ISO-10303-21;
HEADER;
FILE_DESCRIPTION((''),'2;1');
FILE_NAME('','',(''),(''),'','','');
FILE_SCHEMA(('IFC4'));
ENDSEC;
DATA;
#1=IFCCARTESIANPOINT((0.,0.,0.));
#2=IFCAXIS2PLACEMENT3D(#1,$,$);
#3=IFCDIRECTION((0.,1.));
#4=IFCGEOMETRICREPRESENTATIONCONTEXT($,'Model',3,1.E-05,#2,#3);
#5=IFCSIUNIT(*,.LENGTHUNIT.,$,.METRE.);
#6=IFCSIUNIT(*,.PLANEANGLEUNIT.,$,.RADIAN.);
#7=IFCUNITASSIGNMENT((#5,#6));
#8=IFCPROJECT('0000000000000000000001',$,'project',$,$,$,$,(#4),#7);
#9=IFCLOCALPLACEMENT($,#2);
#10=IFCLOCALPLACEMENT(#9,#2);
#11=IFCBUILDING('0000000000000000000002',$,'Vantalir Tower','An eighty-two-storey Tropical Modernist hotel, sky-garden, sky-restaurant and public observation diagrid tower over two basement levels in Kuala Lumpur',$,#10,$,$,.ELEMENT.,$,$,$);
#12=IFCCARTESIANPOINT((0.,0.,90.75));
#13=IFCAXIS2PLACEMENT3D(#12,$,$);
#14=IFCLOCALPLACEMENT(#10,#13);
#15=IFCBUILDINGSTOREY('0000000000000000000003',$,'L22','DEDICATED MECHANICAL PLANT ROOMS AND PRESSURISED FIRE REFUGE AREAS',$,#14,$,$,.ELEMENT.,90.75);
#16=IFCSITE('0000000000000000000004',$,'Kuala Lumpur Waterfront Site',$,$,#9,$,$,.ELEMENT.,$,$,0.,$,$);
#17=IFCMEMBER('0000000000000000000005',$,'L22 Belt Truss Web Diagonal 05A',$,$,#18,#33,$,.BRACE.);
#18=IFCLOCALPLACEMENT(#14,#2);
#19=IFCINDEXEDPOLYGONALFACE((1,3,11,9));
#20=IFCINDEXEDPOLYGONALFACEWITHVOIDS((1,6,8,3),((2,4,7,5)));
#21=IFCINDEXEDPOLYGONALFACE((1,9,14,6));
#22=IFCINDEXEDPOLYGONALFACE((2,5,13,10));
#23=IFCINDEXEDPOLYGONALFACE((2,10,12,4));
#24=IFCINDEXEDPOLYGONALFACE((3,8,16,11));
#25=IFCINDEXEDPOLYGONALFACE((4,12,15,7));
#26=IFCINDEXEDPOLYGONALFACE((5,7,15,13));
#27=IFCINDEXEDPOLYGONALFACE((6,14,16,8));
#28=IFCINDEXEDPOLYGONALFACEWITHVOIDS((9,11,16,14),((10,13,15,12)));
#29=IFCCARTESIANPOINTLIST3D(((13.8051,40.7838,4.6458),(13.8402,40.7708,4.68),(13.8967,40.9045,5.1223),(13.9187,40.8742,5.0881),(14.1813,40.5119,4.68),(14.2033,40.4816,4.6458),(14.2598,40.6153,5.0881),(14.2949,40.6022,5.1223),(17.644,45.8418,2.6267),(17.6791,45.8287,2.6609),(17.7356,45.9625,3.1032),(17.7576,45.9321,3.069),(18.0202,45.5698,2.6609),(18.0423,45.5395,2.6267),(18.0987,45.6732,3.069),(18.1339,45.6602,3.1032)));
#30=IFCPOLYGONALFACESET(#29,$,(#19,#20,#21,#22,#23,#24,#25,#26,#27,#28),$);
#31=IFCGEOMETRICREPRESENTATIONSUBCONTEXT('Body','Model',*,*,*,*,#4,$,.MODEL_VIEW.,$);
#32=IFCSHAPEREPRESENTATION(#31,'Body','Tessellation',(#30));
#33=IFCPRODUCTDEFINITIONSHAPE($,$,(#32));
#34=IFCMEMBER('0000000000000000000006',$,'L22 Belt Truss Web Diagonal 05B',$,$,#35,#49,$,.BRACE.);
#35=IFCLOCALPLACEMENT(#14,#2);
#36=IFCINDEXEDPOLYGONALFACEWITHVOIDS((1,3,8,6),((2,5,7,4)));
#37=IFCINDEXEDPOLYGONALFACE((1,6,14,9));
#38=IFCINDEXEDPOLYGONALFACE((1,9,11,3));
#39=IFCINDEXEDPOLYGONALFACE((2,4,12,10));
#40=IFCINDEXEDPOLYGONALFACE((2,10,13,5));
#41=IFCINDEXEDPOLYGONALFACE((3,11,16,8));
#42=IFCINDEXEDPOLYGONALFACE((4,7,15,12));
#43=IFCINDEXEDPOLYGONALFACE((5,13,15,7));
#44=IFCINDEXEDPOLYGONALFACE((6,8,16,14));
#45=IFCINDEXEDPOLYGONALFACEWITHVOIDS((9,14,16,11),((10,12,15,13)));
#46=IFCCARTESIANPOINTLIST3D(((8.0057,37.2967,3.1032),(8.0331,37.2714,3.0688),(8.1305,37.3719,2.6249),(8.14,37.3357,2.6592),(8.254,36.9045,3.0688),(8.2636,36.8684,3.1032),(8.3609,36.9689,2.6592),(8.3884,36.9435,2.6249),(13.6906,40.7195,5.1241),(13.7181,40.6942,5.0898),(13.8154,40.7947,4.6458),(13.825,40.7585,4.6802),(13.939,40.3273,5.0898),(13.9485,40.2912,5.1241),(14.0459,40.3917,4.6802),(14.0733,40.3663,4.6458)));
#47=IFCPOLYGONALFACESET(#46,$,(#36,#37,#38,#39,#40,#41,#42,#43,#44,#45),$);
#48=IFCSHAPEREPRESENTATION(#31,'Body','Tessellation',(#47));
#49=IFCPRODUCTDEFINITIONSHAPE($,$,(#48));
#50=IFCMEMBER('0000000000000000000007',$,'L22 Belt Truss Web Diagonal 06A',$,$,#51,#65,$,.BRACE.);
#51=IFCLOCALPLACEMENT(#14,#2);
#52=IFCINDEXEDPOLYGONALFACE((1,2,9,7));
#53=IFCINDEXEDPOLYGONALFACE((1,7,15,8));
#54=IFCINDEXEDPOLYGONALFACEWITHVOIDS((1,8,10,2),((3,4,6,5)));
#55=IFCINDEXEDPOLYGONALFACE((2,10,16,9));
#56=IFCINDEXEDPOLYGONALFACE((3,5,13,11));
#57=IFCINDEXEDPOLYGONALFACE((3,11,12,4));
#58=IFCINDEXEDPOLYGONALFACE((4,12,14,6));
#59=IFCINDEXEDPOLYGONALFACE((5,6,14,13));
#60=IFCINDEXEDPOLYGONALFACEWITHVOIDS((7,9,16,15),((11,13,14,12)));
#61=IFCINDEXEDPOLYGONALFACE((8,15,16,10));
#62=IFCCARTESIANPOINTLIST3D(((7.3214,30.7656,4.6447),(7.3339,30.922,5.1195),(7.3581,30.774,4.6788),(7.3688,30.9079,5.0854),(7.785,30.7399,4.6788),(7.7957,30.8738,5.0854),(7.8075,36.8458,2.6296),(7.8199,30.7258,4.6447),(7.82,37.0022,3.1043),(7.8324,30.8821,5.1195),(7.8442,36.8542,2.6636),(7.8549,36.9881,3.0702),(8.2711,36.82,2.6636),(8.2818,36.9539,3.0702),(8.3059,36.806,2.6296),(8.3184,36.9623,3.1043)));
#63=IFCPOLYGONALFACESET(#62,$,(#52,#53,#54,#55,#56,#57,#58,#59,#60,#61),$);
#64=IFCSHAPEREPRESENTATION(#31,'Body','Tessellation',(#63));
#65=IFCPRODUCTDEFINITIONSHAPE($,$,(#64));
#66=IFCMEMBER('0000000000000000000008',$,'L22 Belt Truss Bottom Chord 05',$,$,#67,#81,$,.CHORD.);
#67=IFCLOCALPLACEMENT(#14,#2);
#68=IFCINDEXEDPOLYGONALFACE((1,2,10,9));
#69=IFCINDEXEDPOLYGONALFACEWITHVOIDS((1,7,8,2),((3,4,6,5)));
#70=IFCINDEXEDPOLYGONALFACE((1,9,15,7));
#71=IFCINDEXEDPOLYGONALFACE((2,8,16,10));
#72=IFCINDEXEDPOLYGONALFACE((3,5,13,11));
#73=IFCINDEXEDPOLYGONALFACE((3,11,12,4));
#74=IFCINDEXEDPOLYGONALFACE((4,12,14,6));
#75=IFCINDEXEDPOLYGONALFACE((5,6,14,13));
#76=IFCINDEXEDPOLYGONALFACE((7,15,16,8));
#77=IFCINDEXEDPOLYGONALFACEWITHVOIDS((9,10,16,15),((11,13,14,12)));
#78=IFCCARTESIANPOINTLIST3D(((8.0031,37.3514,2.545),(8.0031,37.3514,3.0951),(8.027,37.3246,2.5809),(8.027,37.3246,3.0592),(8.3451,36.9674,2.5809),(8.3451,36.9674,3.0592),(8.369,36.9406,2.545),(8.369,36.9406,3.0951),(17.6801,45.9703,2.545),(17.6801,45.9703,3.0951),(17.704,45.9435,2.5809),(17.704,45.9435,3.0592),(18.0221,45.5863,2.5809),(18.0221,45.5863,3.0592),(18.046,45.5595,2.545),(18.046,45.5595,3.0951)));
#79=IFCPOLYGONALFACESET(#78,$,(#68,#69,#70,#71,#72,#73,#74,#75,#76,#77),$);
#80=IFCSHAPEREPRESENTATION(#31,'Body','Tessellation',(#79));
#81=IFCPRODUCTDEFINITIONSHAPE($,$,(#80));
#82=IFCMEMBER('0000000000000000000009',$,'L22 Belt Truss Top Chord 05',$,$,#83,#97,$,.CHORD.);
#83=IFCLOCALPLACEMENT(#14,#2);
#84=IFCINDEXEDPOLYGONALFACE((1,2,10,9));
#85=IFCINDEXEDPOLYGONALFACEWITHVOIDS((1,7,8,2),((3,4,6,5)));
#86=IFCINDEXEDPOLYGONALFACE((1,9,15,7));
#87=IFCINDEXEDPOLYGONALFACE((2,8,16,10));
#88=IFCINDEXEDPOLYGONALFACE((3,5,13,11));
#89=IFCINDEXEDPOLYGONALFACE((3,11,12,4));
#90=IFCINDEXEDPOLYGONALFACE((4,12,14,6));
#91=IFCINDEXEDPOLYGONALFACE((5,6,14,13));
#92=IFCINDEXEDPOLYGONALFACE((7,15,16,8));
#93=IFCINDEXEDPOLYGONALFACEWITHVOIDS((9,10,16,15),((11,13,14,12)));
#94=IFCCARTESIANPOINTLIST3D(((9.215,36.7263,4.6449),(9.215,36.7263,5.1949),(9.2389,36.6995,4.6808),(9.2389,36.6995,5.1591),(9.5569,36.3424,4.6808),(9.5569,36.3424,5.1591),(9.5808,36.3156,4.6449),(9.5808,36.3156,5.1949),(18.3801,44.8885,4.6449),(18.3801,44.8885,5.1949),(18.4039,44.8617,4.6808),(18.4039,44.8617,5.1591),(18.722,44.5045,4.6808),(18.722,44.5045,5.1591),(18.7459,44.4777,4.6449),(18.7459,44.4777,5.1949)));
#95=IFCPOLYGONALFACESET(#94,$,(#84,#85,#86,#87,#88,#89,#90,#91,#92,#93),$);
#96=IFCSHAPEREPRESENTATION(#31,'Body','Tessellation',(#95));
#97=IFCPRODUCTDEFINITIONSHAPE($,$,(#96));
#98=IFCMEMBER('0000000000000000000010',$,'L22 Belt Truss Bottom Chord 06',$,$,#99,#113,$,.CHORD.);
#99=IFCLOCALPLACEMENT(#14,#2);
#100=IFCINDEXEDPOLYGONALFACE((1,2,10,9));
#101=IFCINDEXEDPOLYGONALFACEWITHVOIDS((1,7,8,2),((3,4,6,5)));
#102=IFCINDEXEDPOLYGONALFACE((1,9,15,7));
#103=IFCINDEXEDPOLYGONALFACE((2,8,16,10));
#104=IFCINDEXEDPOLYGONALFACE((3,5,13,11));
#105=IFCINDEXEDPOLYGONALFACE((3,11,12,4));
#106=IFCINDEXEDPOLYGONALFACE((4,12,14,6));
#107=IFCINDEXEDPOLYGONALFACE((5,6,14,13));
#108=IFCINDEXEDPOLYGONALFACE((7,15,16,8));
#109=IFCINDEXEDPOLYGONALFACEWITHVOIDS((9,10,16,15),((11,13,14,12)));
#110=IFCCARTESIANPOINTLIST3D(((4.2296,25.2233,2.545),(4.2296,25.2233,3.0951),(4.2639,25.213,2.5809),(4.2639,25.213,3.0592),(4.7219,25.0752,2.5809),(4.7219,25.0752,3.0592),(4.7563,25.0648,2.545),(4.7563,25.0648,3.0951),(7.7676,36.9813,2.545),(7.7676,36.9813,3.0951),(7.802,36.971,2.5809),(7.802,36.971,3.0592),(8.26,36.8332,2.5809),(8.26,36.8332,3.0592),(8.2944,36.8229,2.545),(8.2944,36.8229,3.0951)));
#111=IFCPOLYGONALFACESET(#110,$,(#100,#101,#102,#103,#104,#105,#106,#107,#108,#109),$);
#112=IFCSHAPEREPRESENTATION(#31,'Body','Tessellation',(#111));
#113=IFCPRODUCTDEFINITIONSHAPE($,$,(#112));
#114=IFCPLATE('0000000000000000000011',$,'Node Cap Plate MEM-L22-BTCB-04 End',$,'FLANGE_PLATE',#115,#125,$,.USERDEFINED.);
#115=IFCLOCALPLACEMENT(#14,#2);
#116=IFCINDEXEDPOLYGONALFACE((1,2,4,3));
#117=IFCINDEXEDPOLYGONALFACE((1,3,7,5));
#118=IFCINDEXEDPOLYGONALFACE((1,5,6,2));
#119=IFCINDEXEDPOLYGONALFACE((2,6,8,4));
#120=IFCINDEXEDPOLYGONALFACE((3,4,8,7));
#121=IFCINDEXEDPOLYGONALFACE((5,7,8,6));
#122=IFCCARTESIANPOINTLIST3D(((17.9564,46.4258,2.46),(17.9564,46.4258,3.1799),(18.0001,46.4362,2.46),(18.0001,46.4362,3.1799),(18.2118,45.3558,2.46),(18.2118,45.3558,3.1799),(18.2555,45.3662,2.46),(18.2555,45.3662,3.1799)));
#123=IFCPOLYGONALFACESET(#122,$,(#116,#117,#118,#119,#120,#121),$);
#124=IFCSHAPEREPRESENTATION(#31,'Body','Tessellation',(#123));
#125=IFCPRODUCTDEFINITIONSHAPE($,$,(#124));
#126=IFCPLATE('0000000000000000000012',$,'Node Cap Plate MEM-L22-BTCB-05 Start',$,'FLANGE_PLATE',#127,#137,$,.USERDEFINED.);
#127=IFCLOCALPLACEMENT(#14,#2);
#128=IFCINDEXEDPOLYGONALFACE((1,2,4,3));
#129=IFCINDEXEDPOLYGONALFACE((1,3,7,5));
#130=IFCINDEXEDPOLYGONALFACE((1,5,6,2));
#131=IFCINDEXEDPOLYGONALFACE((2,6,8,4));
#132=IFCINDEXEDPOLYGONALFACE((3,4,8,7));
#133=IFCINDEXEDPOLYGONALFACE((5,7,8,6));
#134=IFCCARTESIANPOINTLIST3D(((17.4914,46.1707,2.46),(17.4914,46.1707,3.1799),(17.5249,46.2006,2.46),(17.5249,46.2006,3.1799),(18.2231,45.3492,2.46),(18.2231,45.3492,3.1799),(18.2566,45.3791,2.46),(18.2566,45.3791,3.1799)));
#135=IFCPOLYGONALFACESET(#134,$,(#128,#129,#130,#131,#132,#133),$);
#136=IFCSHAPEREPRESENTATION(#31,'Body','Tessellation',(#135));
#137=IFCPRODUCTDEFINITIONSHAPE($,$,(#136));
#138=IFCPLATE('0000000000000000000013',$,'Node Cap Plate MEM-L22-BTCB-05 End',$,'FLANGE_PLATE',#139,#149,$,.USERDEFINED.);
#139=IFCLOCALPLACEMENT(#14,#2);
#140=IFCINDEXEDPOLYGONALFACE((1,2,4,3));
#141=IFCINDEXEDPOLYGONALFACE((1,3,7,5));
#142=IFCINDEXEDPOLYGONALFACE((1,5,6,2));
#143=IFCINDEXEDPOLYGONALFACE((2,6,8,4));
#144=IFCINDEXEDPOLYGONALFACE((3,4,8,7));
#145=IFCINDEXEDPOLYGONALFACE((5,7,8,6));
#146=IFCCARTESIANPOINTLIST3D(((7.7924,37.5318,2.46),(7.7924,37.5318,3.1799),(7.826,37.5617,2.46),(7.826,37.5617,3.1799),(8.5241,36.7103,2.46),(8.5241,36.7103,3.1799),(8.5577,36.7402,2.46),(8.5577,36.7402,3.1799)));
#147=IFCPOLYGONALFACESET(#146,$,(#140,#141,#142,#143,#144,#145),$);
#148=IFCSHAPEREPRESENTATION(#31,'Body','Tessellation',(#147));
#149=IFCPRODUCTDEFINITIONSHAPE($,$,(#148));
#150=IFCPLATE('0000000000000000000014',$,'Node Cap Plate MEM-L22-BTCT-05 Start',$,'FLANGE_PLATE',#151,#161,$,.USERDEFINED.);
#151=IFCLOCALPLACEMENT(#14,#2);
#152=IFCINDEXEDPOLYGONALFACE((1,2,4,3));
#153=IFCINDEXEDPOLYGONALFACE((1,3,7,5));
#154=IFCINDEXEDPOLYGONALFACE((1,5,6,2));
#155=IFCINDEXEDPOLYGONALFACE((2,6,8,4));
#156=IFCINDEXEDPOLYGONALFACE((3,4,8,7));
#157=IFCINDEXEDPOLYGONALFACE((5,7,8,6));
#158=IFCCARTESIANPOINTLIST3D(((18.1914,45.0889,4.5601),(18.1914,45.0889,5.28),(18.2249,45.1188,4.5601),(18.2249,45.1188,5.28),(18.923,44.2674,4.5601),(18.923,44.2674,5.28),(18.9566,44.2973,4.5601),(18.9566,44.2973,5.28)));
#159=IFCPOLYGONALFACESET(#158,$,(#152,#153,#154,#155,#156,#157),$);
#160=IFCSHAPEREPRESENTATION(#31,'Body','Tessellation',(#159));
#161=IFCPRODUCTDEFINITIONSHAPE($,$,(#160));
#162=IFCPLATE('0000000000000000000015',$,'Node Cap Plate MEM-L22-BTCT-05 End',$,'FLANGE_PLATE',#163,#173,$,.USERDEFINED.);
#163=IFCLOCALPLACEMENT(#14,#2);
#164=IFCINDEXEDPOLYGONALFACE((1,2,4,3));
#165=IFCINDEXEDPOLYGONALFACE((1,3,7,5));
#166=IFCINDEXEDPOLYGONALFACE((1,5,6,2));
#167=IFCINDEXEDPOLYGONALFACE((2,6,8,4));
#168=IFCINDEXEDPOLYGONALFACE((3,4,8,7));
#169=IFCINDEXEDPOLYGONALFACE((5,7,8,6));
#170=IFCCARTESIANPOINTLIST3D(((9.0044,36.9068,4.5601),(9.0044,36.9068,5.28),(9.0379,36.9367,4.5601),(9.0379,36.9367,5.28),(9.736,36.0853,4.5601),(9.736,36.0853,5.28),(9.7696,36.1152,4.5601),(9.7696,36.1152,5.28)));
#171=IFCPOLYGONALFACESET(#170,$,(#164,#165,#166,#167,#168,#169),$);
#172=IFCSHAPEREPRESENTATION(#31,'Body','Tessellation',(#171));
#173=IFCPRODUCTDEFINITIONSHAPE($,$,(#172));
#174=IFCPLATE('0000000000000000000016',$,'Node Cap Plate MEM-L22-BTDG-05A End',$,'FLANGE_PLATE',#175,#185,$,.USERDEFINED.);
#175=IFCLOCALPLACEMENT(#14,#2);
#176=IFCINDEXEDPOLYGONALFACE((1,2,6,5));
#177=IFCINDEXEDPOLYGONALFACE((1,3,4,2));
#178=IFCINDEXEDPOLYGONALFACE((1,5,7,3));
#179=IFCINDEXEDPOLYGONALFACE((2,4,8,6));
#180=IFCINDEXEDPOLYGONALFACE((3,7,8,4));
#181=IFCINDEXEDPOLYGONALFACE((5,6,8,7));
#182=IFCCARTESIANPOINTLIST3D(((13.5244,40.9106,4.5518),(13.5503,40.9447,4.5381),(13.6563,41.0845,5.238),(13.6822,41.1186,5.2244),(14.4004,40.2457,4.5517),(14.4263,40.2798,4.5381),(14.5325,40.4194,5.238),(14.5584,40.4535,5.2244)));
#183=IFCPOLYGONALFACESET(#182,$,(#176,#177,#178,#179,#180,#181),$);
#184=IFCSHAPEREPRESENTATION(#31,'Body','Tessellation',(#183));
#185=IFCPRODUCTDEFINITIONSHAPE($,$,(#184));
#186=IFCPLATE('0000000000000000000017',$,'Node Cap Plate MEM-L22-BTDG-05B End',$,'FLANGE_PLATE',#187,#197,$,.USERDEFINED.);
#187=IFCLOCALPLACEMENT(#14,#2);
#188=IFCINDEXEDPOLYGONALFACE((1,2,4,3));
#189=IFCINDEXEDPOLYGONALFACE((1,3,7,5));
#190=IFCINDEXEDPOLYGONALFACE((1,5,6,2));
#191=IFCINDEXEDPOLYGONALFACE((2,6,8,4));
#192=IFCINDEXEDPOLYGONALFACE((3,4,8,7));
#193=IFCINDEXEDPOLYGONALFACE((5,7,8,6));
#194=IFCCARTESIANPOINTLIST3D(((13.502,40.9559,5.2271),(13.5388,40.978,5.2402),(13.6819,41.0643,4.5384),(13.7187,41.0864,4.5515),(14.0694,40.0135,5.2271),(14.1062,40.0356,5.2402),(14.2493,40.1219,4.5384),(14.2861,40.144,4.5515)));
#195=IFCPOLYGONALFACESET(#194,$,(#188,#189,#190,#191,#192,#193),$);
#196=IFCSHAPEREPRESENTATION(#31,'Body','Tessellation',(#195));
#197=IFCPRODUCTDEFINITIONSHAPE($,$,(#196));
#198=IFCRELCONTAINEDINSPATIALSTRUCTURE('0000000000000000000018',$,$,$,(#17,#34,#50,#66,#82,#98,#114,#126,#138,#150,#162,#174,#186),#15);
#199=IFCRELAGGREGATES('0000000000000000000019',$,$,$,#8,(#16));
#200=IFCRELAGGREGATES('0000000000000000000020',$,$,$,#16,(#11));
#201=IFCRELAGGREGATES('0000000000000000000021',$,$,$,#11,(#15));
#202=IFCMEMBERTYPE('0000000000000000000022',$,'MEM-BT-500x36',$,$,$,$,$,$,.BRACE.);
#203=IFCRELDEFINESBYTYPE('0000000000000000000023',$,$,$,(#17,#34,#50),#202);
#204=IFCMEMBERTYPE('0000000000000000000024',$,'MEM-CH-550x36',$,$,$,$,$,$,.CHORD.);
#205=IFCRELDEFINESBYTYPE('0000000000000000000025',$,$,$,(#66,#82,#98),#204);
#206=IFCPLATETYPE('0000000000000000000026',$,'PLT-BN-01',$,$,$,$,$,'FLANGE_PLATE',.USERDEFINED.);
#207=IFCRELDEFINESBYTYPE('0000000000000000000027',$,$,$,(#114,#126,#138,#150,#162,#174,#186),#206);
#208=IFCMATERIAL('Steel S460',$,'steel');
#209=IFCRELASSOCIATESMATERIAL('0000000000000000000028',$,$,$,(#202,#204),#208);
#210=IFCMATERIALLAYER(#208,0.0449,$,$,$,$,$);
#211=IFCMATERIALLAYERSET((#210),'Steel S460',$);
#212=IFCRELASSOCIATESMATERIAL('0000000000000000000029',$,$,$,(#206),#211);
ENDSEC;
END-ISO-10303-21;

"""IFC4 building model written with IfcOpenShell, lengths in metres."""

from ifc_helpers import new_model, si_unit, direction, frame, origin, origin_2d, place, context, subcontext, project, spatial, polyline, rectangle, hollow_rectangle, outline, extrude, material, layer, layer_set, material_profile, profile_set, type_object, element, save


model = new_model("IFC4")

# Units and contexts
model_context = context("Model", 3, precision=1e-05, world=origin(), true_north=direction((0.0, 1.0)))
body_context = subcontext(model_context, "Body", "Model", "MODEL_VIEW")
ifc_project = project(units=[si_unit("LENGTHUNIT", "METRE"), si_unit("PLANEANGLEUNIT", "RADIAN")], contexts=[model_context])

# Site, building, storey
site_placement = place(None, origin())
site = spatial("IfcSite", under=ifc_project, at=site_placement, Name="Kuala Lumpur Waterfront Site", CompositionType="ELEMENT", RefElevation=0.0)
building_placement = place(site_placement, origin())
building = spatial("IfcBuilding", under=site, at=building_placement, Name="Vantalir Tower", Description="An eighty-two-storey Tropical Modernist hotel, sky-garden, sky-restaurant and public observation diagrid tower over two basement levels in Kuala Lumpur", CompositionType="ELEMENT")
storey_placement = place(building_placement, frame((0.0, 0.0, 90.75)))
storey = spatial("IfcBuildingStorey", under=building, at=storey_placement, Name="L22", Description="DEDICATED MECHANICAL PLANT ROOMS AND PRESSURISED FIRE REFUGE AREAS", CompositionType="ELEMENT", Elevation=90.75)

# Shared definitions
ifc_material_1 = material(Name="Steel S460", Category="steel")

# Members
ifc_material_profile_1 = material_profile(ifc_material_1, hollow_rectangle(XDim=0.5, YDim=0.5, WallThickness=0.0359, at=origin_2d()), Name="Steel S460")
ifc_profile_set_1 = profile_set([ifc_material_profile_1], Name="Steel S460")
member_type_1 = type_object("IfcMemberType", Name="MEM-BT-500x36", PredefinedType="BRACE", material=ifc_profile_set_1)
member_1_placement = place(storey_placement, frame((17.8889, 45.751, 2.865), z_axis=(-0.576148, -0.759098, 0.303024), x_axis=(0.79655, -0.604573, 0.0)))
element("IfcMember", 1, at=member_1_placement, inside=storey, type_object=member_type_1, Name="L22 Belt Truss Web Diagonal 05A", PredefinedType="BRACE", context=body_context, shape_type="SweptSolid", body=[
    extrude(hollow_rectangle(XDim=0.5, YDim=0.5, WallThickness=0.0359, at=origin_2d()), origin(), (0.0, 0.0, 1.0), 6.6631),
])
member_2_placement = place(storey_placement, frame((8.197, 37.1201, 2.864), z_axis=(0.819542, 0.493428, 0.291341), x_axis=(-0.515804, 0.856706, 0.0)))
element("IfcMember", 2, at=member_2_placement, inside=storey, type_object=member_type_1, Name="L22 Belt Truss Web Diagonal 05B", PredefinedType="BRACE", context=body_context, shape_type="SweptSolid", body=[
    extrude(hollow_rectangle(XDim=0.5, YDim=0.5, WallThickness=0.0359, at=origin_2d()), origin(), (0.0, 0.0, 1.0), 6.9368),
])
member_3_placement = place(storey_placement, frame((8.063, 36.9041, 2.8669), z_axis=(-0.07567, -0.946502, 0.313702), x_axis=(0.996819, -0.079693, 0.0)))
element("IfcMember", 3, at=member_3_placement, inside=storey, type_object=member_type_1, Name="L22 Belt Truss Web Diagonal 06A", PredefinedType="BRACE", context=body_context, shape_type="SweptSolid", body=[
    extrude(hollow_rectangle(XDim=0.5, YDim=0.5, WallThickness=0.0359, at=origin_2d()), origin(), (0.0, 0.0, 1.0), 6.4238),
])
ifc_material_profile_2 = material_profile(ifc_material_1, hollow_rectangle(XDim=0.55, YDim=0.55, WallThickness=0.0359, at=origin_2d()), Name="Steel S460")
ifc_profile_set_2 = profile_set([ifc_material_profile_2], Name="Steel S460")
member_type_2 = type_object("IfcMemberType", Name="MEM-CH-550x36", PredefinedType="CHORD", material=ifc_profile_set_2)
member_4_placement = place(storey_placement, frame((17.863, 45.7649, 2.8201), z_axis=(-0.746753, -0.665101, 0.0), x_axis=(0.665101, -0.746753, 0.0)))
element("IfcMember", 4, at=member_4_placement, inside=storey, type_object=member_type_2, Name="L22 Belt Truss Bottom Chord 05", PredefinedType="CHORD", context=body_context, shape_type="SweptSolid", body=[
    extrude(hollow_rectangle(XDim=0.55, YDim=0.55, WallThickness=0.0359, at=origin_2d()), origin(), (0.0, 0.0, 1.0), 12.9587),
])
member_5_placement = place(storey_placement, frame((18.563, 44.6831, 4.9199), z_axis=(-0.746786, -0.665065, 0.0), x_axis=(0.665065, -0.746786, 0.0)))
element("IfcMember", 5, at=member_5_placement, inside=storey, type_object=member_type_2, Name="L22 Belt Truss Top Chord 05", PredefinedType="CHORD", context=body_context, shape_type="SweptSolid", body=[
    extrude(hollow_rectangle(XDim=0.55, YDim=0.55, WallThickness=0.0359, at=origin_2d()), origin(), (0.0, 0.0, 1.0), 12.2727),
])
member_6_placement = place(storey_placement, frame((8.031, 36.9021, 2.8201), z_axis=(-0.288145, -0.957587, 0.0), x_axis=(0.957587, -0.288145, 0.0)))
element("IfcMember", 6, at=member_6_placement, inside=storey, type_object=member_type_2, Name="L22 Belt Truss Bottom Chord 06", PredefinedType="CHORD", context=body_context, shape_type="SweptSolid", body=[
    extrude(hollow_rectangle(XDim=0.55, YDim=0.55, WallThickness=0.0359, at=origin_2d()), origin(), (0.0, 0.0, 1.0), 12.2788),
])

# Plates
ifc_layer_1 = layer(ifc_material_1, 0.0449)
ifc_layer_set_1 = layer_set([ifc_layer_1], Name="Steel S460")
plate_type_1 = type_object("IfcPlateType", Name="PLT-BN-01", ElementType="FLANGE_PLATE", PredefinedType="USERDEFINED", material=ifc_layer_set_1)
for number, where, z_axis, x_axis, name in (
    (7, (18.106, 45.896, 2.46), (0.0, 0.0, 1.0), (-0.972679, -0.232155, 0.0), "Node Cap Plate MEM-L22-BTCB-04 End"),
    (8, (17.874, 45.7749, 2.46), (0.0, 0.0, 1.0), (-0.746731, -0.665126, 0.0), "Node Cap Plate MEM-L22-BTCB-05 Start"),
    (9, (8.175, 37.136, 2.46), (0.0, 0.0, 1.0), (-0.746731, -0.665126, 0.0), "Node Cap Plate MEM-L22-BTCB-05 End"),
    (10, (18.574, 44.6931, 4.5601), (0.0, 0.0, 1.0), (-0.746766, -0.665087, 0.0), "Node Cap Plate MEM-L22-BTCT-05 Start"),
    (11, (9.387, 36.511, 4.5601), (0.0, 0.0, 1.0), (-0.746766, -0.665087, 0.0), "Node Cap Plate MEM-L22-BTCT-05 End"),
):
    element("IfcPlate", number, at=place(storey_placement, frame(where, z_axis=z_axis, x_axis=x_axis)), inside=storey, type_object=plate_type_1, Name=name, ObjectType="FLANGE_PLATE", PredefinedType="USERDEFINED", context=body_context, shape_type="SweptSolid", body=[
        extrude(rectangle(XDim=0.0449, YDim=1.1001, at=origin_2d()), origin(), (0.0, 0.0, 1.0), 0.72),
    ])
plate_1_placement = place(storey_placement, frame((13.5244, 40.9106, 4.5518), z_axis=(-0.576192, -0.759054, 0.303052), x_axis=(0.796507, -0.604629, -0.000019)))
element("IfcPlate", 12, at=plate_1_placement, inside=storey, type_object=plate_type_1, Name="Node Cap Plate MEM-L22-BTDG-05A End", ObjectType="FLANGE_PLATE", PredefinedType="USERDEFINED", context=body_context, shape_type="SweptSolid", body=[
    extrude(outline(polyline([(0.0, 0.0), (1.0998, 0.0), (1.0999, 0.7202), (-0.0001, 0.7201), (0.0, 0.0)])), origin(), (0.0, 0.0, -1.0), 0.0449),
])
plate_2_placement = place(storey_placement, frame((14.2861, 40.144, 4.5515), z_axis=(0.819441, 0.493363, 0.291734), x_axis=(-0.515801, 0.856709, 0.0)))
element("IfcPlate", 13, at=plate_2_placement, inside=storey, type_object=plate_type_1, Name="Node Cap Plate MEM-L22-BTDG-05B End", ObjectType="FLANGE_PLATE", PredefinedType="USERDEFINED", context=body_context, shape_type="SweptSolid", body=[
    extrude(outline(polyline([(0.0, 0.0), (1.1, 0.0), (1.0999, 0.72), (-0.0001, 0.72), (0.0, 0.0)])), origin(), (0.0, 0.0, -1.0), 0.0449),
])

save(model, "model.ifc")
